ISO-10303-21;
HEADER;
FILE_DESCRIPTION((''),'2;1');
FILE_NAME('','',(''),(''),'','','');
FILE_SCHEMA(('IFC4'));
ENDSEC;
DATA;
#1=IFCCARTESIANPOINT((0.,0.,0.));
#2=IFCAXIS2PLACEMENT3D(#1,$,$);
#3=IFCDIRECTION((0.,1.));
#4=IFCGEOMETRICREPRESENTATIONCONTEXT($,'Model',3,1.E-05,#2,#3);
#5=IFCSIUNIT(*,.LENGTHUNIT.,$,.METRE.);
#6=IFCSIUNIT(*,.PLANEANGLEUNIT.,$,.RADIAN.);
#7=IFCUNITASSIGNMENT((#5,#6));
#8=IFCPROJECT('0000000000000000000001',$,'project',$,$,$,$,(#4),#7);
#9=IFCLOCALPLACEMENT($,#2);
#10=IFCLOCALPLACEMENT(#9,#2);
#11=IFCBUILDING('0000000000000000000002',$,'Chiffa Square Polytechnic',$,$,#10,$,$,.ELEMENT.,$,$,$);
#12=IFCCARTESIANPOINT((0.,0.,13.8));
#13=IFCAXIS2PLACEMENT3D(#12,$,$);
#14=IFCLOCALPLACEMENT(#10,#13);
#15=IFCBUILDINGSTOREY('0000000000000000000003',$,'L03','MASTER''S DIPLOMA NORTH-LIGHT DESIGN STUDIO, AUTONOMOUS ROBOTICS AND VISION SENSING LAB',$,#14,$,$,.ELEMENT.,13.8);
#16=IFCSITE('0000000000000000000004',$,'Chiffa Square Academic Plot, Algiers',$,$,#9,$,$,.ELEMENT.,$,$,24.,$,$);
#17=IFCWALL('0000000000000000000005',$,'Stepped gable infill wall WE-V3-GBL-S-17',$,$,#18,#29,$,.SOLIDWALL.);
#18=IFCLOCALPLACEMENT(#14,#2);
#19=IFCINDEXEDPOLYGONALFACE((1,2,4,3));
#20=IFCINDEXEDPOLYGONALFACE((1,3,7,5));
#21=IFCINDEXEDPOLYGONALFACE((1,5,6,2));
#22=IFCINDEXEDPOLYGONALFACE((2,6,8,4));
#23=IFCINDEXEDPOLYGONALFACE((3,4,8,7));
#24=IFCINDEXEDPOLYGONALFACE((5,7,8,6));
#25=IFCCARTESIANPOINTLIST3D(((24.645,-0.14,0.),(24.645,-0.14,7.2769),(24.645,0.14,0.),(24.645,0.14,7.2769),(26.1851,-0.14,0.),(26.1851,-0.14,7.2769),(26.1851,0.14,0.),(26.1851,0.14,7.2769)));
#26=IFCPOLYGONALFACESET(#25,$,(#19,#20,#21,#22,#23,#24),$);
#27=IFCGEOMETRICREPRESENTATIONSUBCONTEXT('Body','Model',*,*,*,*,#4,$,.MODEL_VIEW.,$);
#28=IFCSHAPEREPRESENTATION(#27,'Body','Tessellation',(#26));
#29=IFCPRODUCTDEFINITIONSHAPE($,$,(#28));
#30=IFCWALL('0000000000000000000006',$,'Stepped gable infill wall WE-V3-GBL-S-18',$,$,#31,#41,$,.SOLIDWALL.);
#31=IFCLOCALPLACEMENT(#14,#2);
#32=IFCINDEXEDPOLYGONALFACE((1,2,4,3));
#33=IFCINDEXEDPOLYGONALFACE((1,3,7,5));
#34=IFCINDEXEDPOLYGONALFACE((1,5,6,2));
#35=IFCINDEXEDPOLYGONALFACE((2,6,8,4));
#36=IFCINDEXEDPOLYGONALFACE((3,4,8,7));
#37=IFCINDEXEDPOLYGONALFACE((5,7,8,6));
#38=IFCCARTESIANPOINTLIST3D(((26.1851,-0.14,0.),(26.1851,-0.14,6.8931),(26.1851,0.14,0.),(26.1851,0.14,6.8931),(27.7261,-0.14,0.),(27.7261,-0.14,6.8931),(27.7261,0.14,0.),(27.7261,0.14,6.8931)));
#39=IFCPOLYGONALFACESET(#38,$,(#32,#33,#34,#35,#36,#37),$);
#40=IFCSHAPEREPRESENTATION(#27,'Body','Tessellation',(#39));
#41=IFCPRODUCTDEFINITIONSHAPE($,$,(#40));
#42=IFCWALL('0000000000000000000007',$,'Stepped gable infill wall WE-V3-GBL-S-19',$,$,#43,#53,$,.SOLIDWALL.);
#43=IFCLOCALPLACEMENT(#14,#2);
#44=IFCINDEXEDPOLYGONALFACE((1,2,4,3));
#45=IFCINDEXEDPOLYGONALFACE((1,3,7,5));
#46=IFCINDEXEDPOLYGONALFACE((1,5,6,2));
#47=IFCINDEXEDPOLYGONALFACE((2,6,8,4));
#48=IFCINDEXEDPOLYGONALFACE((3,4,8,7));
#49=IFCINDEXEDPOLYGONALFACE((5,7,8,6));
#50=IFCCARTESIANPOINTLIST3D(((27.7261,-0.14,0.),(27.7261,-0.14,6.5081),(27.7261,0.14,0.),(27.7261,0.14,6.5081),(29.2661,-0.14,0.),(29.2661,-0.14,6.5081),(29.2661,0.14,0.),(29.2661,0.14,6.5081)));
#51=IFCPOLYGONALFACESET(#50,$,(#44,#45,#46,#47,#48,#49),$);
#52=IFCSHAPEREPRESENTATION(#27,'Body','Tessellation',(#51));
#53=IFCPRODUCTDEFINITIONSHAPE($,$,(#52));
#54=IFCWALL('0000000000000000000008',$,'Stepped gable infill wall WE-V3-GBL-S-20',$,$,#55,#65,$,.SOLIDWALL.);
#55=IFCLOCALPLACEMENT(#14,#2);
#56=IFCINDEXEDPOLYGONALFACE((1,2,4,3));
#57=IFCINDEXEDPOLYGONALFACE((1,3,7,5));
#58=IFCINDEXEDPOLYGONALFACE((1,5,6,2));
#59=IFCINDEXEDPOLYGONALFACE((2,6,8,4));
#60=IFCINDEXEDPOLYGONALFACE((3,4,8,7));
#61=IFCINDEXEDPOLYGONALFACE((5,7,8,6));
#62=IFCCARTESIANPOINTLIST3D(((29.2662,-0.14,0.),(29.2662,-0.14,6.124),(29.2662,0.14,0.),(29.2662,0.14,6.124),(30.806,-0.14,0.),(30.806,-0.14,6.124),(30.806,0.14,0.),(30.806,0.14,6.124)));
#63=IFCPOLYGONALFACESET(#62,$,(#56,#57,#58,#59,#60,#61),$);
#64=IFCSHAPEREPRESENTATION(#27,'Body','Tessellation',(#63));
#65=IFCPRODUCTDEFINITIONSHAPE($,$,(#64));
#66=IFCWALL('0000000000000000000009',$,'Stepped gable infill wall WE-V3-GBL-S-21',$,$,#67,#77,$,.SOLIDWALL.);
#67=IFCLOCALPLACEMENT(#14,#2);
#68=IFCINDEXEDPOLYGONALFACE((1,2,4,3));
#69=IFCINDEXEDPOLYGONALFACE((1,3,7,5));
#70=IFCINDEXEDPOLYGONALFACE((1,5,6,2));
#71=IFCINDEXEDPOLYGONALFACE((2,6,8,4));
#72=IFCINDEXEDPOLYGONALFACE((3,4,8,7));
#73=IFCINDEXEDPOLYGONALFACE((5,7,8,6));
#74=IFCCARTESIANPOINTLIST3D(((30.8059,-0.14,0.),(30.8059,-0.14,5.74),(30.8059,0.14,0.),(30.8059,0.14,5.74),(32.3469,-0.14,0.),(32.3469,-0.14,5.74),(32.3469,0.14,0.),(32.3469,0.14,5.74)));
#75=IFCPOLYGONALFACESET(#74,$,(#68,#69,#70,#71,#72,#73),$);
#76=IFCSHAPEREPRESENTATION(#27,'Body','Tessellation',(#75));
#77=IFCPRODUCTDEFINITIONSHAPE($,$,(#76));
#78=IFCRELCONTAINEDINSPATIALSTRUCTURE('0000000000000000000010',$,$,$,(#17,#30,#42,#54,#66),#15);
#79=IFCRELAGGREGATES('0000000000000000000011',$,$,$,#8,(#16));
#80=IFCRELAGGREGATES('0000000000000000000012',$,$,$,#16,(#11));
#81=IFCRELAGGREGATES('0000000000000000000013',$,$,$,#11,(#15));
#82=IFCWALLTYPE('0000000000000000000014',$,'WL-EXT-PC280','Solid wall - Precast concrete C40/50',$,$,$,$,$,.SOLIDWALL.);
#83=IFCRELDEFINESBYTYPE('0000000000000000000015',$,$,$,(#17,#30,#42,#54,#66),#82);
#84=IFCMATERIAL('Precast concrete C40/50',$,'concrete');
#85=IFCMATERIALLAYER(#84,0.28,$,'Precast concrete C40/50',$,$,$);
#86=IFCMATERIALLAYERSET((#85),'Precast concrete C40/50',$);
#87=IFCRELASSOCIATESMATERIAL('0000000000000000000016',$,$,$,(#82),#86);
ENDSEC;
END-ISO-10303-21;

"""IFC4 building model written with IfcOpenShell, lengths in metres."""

from ifc_helpers import new_model, si_unit, direction, frame, frame_2d, origin, place, context, subcontext, project, spatial, rectangle, extrude, material, layer, layer_set, type_object, element, save


model = new_model("IFC4")

# Units and contexts
model_context = context("Model", 3, precision=1e-05, world=origin(), true_north=direction((0.0, 1.0)))
body_context = subcontext(model_context, "Body", "Model", "MODEL_VIEW")
ifc_project = project(units=[si_unit("LENGTHUNIT", "METRE"), si_unit("PLANEANGLEUNIT", "RADIAN")], contexts=[model_context])

# Site, building, storey
site_placement = place(None, origin())
site = spatial("IfcSite", under=ifc_project, at=site_placement, Name="Chiffa Square Academic Plot, Algiers", CompositionType="ELEMENT", RefElevation=24.0)
building_placement = place(site_placement, origin())
building = spatial("IfcBuilding", under=site, at=building_placement, Name="Chiffa Square Polytechnic", CompositionType="ELEMENT")
storey_placement = place(building_placement, frame((0.0, 0.0, 13.8)))
storey = spatial("IfcBuildingStorey", under=building, at=storey_placement, Name="L03", Description="MASTER'S DIPLOMA NORTH-LIGHT DESIGN STUDIO, AUTONOMOUS ROBOTICS AND VISION SENSING LAB", CompositionType="ELEMENT", Elevation=13.8)

# Walls
ifc_material_1 = material(Name="Precast concrete C40/50", Category="concrete")
ifc_layer_1 = layer(ifc_material_1, 0.28, Name="Precast concrete C40/50")
ifc_layer_set_1 = layer_set([ifc_layer_1], Name="Precast concrete C40/50")
wall_type = type_object("IfcWallType", Name="WL-EXT-PC280", Description="Solid wall - Precast concrete C40/50", PredefinedType="SOLIDWALL", material=ifc_layer_set_1)
wall_1_placement = place(storey_placement, frame((24.645, 0.0, 0.0), z_axis=(0.0, 0.0, 1.0), x_axis=(1.0, 0.0, 0.0)))
element("IfcWall", 1, at=wall_1_placement, inside=storey, type_object=wall_type, Name="Stepped gable infill wall WE-V3-GBL-S-17", PredefinedType="SOLIDWALL", context=body_context, shape_type="SweptSolid", body=[
    extrude(rectangle(XDim=1.54, YDim=0.28, at=frame_2d((0.77, 0.0))), origin(), (0.0, 0.0, 1.0), 7.2769),
])
wall_2_placement = place(storey_placement, frame((26.1851, 0.0, 0.0), z_axis=(0.0, 0.0, 1.0), x_axis=(1.0, 0.0, 0.0)))
element("IfcWall", 2, at=wall_2_placement, inside=storey, type_object=wall_type, Name="Stepped gable infill wall WE-V3-GBL-S-18", PredefinedType="SOLIDWALL", context=body_context, shape_type="SweptSolid", body=[
    extrude(rectangle(XDim=1.541, YDim=0.28, at=frame_2d((0.7705, 0.0))), origin(), (0.0, 0.0, 1.0), 6.8931),
])
wall_3_placement = place(storey_placement, frame((27.7261, 0.0, 0.0), z_axis=(0.0, 0.0, 1.0), x_axis=(1.0, 0.0, 0.0)))
element("IfcWall", 3, at=wall_3_placement, inside=storey, type_object=wall_type, Name="Stepped gable infill wall WE-V3-GBL-S-19", PredefinedType="SOLIDWALL", context=body_context, shape_type="SweptSolid", body=[
    extrude(rectangle(XDim=1.54, YDim=0.28, at=frame_2d((0.77, 0.0))), origin(), (0.0, 0.0, 1.0), 6.5081),
])
wall_4_placement = place(storey_placement, frame((29.2661, 0.0, 0.0), z_axis=(0.0, 0.0, 1.0), x_axis=(1.0, 0.0, 0.0)))
element("IfcWall", 4, at=wall_4_placement, inside=storey, type_object=wall_type, Name="Stepped gable infill wall WE-V3-GBL-S-20", PredefinedType="SOLIDWALL", context=body_context, shape_type="SweptSolid", body=[
    extrude(rectangle(XDim=1.5398, YDim=0.28, at=frame_2d((0.77, 0.0))), origin(), (0.0, 0.0, 1.0), 6.124),
])
wall_5_placement = place(storey_placement, frame((30.8059, 0.0, 0.0), z_axis=(0.0, 0.0, 1.0), x_axis=(1.0, 0.0, 0.0)))
element("IfcWall", 5, at=wall_5_placement, inside=storey, type_object=wall_type, Name="Stepped gable infill wall WE-V3-GBL-S-21", PredefinedType="SOLIDWALL", context=body_context, shape_type="SweptSolid", body=[
    extrude(rectangle(XDim=1.541, YDim=0.28, at=frame_2d((0.7705, 0.0))), origin(), (0.0, 0.0, 1.0), 5.74),
])

save(model, "model.ifc")
